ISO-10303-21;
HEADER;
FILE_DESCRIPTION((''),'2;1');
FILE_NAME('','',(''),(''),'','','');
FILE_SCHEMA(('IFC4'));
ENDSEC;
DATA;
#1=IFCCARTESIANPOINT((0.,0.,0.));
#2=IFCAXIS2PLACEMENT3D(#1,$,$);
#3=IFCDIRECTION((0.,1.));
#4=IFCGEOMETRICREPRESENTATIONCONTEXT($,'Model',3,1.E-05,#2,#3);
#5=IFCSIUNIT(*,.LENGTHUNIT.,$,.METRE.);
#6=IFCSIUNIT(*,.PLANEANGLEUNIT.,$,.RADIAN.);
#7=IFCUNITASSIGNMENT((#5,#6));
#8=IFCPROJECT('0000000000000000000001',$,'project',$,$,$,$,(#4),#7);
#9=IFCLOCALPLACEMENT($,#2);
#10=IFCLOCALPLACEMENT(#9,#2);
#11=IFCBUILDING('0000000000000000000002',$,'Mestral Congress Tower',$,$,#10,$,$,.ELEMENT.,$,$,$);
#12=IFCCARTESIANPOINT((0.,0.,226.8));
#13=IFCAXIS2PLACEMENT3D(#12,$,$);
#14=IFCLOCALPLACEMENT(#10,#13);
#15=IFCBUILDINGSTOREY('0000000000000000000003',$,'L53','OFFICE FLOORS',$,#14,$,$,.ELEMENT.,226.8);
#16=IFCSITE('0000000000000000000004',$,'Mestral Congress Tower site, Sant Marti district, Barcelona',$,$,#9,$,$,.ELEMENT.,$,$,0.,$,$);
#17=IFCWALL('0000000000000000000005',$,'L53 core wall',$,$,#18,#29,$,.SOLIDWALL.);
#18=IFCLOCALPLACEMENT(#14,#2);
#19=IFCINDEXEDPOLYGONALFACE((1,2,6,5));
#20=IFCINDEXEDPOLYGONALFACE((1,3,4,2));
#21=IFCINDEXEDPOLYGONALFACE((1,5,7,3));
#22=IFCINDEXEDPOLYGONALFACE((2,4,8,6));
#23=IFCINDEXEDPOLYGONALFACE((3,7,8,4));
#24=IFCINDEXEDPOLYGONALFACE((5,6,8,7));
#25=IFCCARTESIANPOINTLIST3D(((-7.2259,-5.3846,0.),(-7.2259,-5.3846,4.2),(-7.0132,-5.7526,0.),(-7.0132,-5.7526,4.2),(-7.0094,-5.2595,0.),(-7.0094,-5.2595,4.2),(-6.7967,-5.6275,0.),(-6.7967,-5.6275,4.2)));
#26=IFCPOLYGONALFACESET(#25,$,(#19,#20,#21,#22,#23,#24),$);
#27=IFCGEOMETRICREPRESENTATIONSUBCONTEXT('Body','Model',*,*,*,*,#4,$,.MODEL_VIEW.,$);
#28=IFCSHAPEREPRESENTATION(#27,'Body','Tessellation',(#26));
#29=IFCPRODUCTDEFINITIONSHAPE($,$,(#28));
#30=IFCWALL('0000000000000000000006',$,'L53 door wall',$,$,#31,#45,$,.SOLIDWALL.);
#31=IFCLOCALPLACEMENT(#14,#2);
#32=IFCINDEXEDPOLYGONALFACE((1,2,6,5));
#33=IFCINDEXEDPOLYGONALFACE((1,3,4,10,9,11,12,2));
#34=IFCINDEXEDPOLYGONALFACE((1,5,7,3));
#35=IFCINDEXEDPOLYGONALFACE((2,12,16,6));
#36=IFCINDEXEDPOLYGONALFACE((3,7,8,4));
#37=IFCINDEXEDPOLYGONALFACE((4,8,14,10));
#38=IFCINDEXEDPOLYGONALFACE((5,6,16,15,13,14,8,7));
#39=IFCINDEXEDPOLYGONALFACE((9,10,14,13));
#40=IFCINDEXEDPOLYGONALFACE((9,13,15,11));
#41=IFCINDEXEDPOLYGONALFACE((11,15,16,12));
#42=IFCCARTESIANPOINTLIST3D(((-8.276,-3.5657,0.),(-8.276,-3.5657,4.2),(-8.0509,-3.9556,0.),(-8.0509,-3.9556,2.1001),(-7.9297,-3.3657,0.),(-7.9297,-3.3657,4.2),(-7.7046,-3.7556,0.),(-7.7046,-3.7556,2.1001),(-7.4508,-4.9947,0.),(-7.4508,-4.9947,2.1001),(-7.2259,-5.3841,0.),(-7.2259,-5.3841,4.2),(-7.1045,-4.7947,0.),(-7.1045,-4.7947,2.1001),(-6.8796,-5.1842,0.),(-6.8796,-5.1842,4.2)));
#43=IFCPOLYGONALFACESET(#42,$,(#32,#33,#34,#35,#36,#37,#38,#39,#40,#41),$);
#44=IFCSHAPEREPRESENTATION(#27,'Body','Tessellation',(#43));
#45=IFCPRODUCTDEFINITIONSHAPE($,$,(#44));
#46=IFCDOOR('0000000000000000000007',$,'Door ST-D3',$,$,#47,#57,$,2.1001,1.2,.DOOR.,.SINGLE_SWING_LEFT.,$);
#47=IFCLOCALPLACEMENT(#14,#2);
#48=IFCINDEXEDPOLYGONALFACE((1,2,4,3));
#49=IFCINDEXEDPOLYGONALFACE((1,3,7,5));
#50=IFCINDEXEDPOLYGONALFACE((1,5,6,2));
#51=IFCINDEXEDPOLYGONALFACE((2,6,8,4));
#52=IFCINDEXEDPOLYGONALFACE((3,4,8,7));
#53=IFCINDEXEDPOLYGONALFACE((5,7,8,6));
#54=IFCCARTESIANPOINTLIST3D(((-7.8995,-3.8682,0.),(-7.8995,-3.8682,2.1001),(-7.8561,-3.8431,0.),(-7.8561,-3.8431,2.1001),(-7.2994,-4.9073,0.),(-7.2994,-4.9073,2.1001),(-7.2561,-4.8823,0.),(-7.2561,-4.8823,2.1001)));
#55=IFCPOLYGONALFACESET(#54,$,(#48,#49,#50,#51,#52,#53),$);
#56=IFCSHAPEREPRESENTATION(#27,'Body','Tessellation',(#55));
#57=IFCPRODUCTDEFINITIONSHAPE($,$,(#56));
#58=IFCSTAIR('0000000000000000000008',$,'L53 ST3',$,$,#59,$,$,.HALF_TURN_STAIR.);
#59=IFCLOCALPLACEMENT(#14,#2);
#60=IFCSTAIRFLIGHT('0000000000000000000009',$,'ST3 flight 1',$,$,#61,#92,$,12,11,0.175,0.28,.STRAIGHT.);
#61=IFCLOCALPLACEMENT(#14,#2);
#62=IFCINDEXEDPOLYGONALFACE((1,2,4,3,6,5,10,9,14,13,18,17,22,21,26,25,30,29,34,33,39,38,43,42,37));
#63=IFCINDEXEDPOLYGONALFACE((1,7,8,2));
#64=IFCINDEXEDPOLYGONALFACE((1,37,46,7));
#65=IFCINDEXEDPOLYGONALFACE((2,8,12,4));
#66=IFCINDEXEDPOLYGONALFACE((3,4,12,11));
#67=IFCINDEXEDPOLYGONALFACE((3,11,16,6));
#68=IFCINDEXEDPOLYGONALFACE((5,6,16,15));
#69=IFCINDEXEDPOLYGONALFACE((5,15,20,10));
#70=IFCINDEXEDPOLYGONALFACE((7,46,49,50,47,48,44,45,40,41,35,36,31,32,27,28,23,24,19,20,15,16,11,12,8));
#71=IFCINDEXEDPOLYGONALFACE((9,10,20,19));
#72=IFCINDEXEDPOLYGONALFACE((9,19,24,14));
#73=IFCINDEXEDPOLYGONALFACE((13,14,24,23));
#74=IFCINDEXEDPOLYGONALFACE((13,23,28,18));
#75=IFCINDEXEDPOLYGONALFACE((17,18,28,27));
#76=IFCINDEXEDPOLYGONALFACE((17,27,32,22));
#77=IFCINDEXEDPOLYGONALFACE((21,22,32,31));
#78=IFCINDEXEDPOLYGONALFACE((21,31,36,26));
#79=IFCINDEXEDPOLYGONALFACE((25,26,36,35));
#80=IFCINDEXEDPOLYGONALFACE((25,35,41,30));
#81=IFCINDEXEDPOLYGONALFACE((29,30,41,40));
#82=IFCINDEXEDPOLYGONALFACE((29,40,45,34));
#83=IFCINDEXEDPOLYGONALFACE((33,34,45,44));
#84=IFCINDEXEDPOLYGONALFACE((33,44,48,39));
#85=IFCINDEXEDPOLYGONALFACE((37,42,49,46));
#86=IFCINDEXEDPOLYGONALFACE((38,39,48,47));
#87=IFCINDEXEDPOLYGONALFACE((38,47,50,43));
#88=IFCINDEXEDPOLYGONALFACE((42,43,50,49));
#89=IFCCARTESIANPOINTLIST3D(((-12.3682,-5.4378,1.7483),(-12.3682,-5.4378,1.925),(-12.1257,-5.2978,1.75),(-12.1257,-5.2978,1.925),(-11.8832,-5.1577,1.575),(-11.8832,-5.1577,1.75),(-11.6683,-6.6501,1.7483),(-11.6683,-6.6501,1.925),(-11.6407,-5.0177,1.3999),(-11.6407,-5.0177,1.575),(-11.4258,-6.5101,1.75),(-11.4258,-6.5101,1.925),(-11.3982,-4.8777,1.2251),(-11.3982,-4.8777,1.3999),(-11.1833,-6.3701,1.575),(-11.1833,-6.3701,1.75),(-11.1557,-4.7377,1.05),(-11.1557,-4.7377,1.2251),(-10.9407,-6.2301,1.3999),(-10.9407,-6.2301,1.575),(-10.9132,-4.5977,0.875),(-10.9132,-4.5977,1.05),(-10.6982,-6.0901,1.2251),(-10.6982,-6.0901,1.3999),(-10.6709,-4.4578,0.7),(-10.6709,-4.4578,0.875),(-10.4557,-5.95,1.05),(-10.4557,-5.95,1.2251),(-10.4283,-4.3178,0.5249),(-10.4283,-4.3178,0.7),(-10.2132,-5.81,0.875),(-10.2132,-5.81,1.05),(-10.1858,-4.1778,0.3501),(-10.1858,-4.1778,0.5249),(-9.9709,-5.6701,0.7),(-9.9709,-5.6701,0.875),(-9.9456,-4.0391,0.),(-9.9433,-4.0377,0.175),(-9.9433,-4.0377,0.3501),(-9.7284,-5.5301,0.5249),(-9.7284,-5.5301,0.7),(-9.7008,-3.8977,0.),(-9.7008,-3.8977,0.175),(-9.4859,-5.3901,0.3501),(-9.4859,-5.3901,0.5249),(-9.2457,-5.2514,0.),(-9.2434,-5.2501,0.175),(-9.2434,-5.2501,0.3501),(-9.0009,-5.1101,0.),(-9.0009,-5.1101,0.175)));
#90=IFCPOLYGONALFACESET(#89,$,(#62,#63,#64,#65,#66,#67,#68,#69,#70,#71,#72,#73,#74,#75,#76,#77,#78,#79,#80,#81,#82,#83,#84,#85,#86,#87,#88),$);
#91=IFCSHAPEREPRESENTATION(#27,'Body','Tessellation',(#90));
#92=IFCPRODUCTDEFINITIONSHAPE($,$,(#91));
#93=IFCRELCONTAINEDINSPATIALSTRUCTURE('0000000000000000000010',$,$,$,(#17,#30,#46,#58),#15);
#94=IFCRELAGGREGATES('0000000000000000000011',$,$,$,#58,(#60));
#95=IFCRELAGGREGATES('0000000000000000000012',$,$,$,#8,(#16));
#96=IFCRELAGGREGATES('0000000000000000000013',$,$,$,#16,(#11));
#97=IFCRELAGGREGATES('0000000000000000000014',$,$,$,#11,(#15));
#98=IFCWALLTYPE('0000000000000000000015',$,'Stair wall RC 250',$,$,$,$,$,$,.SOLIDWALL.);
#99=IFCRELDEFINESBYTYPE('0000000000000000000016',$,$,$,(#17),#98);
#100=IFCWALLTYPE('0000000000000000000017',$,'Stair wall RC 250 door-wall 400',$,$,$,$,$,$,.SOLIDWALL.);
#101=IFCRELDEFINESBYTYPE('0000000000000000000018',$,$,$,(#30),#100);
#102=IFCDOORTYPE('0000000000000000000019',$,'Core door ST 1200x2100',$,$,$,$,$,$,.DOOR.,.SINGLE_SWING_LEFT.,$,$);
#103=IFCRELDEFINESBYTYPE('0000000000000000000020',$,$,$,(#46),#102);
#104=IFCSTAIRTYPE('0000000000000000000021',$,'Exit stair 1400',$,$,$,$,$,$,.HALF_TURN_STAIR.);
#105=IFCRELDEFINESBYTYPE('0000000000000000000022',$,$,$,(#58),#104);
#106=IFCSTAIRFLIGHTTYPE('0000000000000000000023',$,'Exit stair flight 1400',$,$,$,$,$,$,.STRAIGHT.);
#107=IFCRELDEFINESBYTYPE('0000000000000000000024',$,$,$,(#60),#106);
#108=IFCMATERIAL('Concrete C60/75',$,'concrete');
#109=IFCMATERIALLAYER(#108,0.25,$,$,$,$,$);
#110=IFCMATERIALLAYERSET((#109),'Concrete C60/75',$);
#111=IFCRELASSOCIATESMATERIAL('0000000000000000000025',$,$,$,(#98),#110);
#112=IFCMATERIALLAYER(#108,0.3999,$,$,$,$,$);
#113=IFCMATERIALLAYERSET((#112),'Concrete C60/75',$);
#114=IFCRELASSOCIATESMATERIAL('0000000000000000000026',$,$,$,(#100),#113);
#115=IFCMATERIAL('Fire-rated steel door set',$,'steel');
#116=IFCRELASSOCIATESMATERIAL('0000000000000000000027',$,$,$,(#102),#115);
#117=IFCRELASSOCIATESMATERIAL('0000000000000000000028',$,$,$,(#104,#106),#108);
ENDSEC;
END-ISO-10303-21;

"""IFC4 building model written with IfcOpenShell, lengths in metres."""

from ifc_helpers import new_model, si_unit, direction, frame, frame_2d, origin, place, context, subcontext, project, spatial, polyline, rectangle, outline, extrude, material, layer, layer_set, type_object, element, fill, aggregate, save


model = new_model("IFC4")

# Units and contexts
model_context = context("Model", 3, precision=1e-05, world=origin(), true_north=direction((0.0, 1.0)))
body_context = subcontext(model_context, "Body", "Model", "MODEL_VIEW")
ifc_project = project(units=[si_unit("LENGTHUNIT", "METRE"), si_unit("PLANEANGLEUNIT", "RADIAN")], contexts=[model_context])

# Site, building, storey
site_placement = place(None, origin())
site = spatial("IfcSite", under=ifc_project, at=site_placement, Name="Mestral Congress Tower site, Sant Marti district, Barcelona", CompositionType="ELEMENT", RefElevation=0.0)
building_placement = place(site_placement, origin())
building = spatial("IfcBuilding", under=site, at=building_placement, Name="Mestral Congress Tower", CompositionType="ELEMENT")
storey_placement = place(building_placement, frame((0.0, 0.0, 226.8)))
storey = spatial("IfcBuildingStorey", under=building, at=storey_placement, Name="L53", Description="OFFICE FLOORS", CompositionType="ELEMENT", Elevation=226.8)

# Shared definitions
ifc_material_1 = material(Name="Concrete C60/75", Category="concrete")

# Shared definitions
ifc_material_2 = material(Name="Fire-rated steel door set", Category="steel")

# Wall
ifc_layer_1 = layer(ifc_material_1, 0.25)
ifc_layer_set_1 = layer_set([ifc_layer_1], Name="Concrete C60/75")
wall_type_1 = type_object("IfcWallType", Name="Stair wall RC 250", PredefinedType="SOLIDWALL", material=ifc_layer_set_1)
wall_1_placement = place(storey_placement, frame((-6.905, -5.6899, 0.0), z_axis=(0.0, 0.0, 1.0), x_axis=(-0.500402, 0.865793, 0.0)))
element("IfcWall", 1, at=wall_1_placement, inside=storey, type_object=wall_type_1, Name="L53 core wall", PredefinedType="SOLIDWALL", context=body_context, shape_type="SweptSolid", body=[
    extrude(rectangle(XDim=0.425, YDim=0.25, at=frame_2d((0.2124, 0.0))), origin(), (0.0, 0.0, 1.0), 4.2),
])

# Wall, opening, door
ifc_layer_2 = layer(ifc_material_1, 0.3999)
ifc_layer_set_2 = layer_set([ifc_layer_2], Name="Concrete C60/75")
wall_type_2 = type_object("IfcWallType", Name="Stair wall RC 250 door-wall 400", PredefinedType="SOLIDWALL", material=ifc_layer_set_2)
wall_2_placement = place(storey_placement, frame((-8.1028, -3.4658, 0.0), z_axis=(0.0, 0.0, 1.0), x_axis=(0.500078, -0.86598, 0.0)))
wall_2 = element("IfcWall", 2, at=wall_2_placement, inside=storey, type_object=wall_type_2, Name="L53 door wall", PredefinedType="SOLIDWALL", context=body_context, shape_type="SweptSolid", body=[
    extrude(rectangle(XDim=2.0999, YDim=0.3999, at=frame_2d((1.0498, 0.0))), origin(), (0.0, 0.0, 1.0), 4.2),
])
opening_1_placement = place(wall_2_placement, frame((0.45, 0.0, 0.0)))
opening_1 = element("IfcOpeningElement", 3, at=opening_1_placement, cuts=wall_2, PredefinedType="OPENING", context=body_context, shape_type="SweptSolid", body=[
    extrude(rectangle(XDim=1.2, YDim=2.1001, at=frame_2d((0.6001, 1.05))), frame((0.0, 0.21, 0.0), z_axis=(0.0, -1.0, 0.0), x_axis=(1.0, 0.0, 0.0)), (0.0, 0.0, 1.0), 0.4199),
])
door_type_1 = type_object("IfcDoorType", Name="Core door ST 1200x2100", OperationType="SINGLE_SWING_LEFT", PredefinedType="DOOR", material=ifc_material_2)
door_1_placement = place(opening_1_placement, origin())
door_1 = element("IfcDoor", 4, at=door_1_placement, inside=storey, type_object=door_type_1, Name="Door ST-D3", OperationType="SINGLE_SWING_LEFT", OverallHeight=2.1001, OverallWidth=1.2, PredefinedType="DOOR", context=body_context, shape_type="SweptSolid", body=[
    extrude(rectangle(XDim=1.2, YDim=2.1001, at=frame_2d((0.6001, 1.05))), frame((0.0, 0.0249, 0.0), z_axis=(0.0, -1.0, 0.0), x_axis=(1.0, 0.0, 0.0)), (0.0, 0.0, 1.0), 0.05),
])
fill(opening_1, door_1)

# Stair, stair flight
stair_type = type_object("IfcStairType", Name="Exit stair 1400", PredefinedType="HALF_TURN_STAIR", material=ifc_material_1)
stair_placement = place(storey_placement, origin())
stair = element("IfcStair", 5, at=stair_placement, inside=storey, type_object=stair_type, Name="L53 ST3", PredefinedType="HALF_TURN_STAIR")
stair_flight_type = type_object("IfcStairFlightType", Name="Exit stair flight 1400", PredefinedType="STRAIGHT", material=ifc_material_1)
stair_flight_placement = place(storey_placement, frame((-9.3508, -4.5039, 0.0), z_axis=(0.0, 0.0, 1.0), x_axis=(-0.866025, -0.5, 0.0)))
stair_flight = element("IfcStairFlight", 6, at=stair_flight_placement, type_object=stair_flight_type, Name="ST3 flight 1", NumberOfRisers=12, NumberOfTreads=11, PredefinedType="STRAIGHT", RiserHeight=0.175, TreadLength=0.28, context=body_context, shape_type="SweptSolid", body=[
    extrude(outline(polyline([(0.0, 0.0), (0.0, 0.175), (0.28, 0.175), (0.28, 0.3501), (0.5601, 0.3501), (0.5601, 0.5249), (0.8401, 0.5249), (0.8401, 0.7), (1.1201, 0.7), (1.1201, 0.875), (1.3999, 0.875), (1.3999, 1.05), (1.6799, 1.05), (1.6799, 1.2251), (1.96, 1.2251), (1.96, 1.3999), (2.24, 1.3999), (2.24, 1.575), (2.52, 1.575), (2.52, 1.75), (2.8, 1.75), (2.8, 1.925), (3.0801, 1.925), (3.0801, 2.1001), (3.0801, 1.7483), (0.2827, 0.0), (0.0, 0.0)])), frame((0.0, 0.7, 0.0), z_axis=(0.0, -1.0, 0.0), x_axis=(1.0, 0.0, 0.0)), (0.0, 0.0, 1.0), 1.3999),
])
aggregate(stair, [stair_flight])

save(model, "model.ifc")
